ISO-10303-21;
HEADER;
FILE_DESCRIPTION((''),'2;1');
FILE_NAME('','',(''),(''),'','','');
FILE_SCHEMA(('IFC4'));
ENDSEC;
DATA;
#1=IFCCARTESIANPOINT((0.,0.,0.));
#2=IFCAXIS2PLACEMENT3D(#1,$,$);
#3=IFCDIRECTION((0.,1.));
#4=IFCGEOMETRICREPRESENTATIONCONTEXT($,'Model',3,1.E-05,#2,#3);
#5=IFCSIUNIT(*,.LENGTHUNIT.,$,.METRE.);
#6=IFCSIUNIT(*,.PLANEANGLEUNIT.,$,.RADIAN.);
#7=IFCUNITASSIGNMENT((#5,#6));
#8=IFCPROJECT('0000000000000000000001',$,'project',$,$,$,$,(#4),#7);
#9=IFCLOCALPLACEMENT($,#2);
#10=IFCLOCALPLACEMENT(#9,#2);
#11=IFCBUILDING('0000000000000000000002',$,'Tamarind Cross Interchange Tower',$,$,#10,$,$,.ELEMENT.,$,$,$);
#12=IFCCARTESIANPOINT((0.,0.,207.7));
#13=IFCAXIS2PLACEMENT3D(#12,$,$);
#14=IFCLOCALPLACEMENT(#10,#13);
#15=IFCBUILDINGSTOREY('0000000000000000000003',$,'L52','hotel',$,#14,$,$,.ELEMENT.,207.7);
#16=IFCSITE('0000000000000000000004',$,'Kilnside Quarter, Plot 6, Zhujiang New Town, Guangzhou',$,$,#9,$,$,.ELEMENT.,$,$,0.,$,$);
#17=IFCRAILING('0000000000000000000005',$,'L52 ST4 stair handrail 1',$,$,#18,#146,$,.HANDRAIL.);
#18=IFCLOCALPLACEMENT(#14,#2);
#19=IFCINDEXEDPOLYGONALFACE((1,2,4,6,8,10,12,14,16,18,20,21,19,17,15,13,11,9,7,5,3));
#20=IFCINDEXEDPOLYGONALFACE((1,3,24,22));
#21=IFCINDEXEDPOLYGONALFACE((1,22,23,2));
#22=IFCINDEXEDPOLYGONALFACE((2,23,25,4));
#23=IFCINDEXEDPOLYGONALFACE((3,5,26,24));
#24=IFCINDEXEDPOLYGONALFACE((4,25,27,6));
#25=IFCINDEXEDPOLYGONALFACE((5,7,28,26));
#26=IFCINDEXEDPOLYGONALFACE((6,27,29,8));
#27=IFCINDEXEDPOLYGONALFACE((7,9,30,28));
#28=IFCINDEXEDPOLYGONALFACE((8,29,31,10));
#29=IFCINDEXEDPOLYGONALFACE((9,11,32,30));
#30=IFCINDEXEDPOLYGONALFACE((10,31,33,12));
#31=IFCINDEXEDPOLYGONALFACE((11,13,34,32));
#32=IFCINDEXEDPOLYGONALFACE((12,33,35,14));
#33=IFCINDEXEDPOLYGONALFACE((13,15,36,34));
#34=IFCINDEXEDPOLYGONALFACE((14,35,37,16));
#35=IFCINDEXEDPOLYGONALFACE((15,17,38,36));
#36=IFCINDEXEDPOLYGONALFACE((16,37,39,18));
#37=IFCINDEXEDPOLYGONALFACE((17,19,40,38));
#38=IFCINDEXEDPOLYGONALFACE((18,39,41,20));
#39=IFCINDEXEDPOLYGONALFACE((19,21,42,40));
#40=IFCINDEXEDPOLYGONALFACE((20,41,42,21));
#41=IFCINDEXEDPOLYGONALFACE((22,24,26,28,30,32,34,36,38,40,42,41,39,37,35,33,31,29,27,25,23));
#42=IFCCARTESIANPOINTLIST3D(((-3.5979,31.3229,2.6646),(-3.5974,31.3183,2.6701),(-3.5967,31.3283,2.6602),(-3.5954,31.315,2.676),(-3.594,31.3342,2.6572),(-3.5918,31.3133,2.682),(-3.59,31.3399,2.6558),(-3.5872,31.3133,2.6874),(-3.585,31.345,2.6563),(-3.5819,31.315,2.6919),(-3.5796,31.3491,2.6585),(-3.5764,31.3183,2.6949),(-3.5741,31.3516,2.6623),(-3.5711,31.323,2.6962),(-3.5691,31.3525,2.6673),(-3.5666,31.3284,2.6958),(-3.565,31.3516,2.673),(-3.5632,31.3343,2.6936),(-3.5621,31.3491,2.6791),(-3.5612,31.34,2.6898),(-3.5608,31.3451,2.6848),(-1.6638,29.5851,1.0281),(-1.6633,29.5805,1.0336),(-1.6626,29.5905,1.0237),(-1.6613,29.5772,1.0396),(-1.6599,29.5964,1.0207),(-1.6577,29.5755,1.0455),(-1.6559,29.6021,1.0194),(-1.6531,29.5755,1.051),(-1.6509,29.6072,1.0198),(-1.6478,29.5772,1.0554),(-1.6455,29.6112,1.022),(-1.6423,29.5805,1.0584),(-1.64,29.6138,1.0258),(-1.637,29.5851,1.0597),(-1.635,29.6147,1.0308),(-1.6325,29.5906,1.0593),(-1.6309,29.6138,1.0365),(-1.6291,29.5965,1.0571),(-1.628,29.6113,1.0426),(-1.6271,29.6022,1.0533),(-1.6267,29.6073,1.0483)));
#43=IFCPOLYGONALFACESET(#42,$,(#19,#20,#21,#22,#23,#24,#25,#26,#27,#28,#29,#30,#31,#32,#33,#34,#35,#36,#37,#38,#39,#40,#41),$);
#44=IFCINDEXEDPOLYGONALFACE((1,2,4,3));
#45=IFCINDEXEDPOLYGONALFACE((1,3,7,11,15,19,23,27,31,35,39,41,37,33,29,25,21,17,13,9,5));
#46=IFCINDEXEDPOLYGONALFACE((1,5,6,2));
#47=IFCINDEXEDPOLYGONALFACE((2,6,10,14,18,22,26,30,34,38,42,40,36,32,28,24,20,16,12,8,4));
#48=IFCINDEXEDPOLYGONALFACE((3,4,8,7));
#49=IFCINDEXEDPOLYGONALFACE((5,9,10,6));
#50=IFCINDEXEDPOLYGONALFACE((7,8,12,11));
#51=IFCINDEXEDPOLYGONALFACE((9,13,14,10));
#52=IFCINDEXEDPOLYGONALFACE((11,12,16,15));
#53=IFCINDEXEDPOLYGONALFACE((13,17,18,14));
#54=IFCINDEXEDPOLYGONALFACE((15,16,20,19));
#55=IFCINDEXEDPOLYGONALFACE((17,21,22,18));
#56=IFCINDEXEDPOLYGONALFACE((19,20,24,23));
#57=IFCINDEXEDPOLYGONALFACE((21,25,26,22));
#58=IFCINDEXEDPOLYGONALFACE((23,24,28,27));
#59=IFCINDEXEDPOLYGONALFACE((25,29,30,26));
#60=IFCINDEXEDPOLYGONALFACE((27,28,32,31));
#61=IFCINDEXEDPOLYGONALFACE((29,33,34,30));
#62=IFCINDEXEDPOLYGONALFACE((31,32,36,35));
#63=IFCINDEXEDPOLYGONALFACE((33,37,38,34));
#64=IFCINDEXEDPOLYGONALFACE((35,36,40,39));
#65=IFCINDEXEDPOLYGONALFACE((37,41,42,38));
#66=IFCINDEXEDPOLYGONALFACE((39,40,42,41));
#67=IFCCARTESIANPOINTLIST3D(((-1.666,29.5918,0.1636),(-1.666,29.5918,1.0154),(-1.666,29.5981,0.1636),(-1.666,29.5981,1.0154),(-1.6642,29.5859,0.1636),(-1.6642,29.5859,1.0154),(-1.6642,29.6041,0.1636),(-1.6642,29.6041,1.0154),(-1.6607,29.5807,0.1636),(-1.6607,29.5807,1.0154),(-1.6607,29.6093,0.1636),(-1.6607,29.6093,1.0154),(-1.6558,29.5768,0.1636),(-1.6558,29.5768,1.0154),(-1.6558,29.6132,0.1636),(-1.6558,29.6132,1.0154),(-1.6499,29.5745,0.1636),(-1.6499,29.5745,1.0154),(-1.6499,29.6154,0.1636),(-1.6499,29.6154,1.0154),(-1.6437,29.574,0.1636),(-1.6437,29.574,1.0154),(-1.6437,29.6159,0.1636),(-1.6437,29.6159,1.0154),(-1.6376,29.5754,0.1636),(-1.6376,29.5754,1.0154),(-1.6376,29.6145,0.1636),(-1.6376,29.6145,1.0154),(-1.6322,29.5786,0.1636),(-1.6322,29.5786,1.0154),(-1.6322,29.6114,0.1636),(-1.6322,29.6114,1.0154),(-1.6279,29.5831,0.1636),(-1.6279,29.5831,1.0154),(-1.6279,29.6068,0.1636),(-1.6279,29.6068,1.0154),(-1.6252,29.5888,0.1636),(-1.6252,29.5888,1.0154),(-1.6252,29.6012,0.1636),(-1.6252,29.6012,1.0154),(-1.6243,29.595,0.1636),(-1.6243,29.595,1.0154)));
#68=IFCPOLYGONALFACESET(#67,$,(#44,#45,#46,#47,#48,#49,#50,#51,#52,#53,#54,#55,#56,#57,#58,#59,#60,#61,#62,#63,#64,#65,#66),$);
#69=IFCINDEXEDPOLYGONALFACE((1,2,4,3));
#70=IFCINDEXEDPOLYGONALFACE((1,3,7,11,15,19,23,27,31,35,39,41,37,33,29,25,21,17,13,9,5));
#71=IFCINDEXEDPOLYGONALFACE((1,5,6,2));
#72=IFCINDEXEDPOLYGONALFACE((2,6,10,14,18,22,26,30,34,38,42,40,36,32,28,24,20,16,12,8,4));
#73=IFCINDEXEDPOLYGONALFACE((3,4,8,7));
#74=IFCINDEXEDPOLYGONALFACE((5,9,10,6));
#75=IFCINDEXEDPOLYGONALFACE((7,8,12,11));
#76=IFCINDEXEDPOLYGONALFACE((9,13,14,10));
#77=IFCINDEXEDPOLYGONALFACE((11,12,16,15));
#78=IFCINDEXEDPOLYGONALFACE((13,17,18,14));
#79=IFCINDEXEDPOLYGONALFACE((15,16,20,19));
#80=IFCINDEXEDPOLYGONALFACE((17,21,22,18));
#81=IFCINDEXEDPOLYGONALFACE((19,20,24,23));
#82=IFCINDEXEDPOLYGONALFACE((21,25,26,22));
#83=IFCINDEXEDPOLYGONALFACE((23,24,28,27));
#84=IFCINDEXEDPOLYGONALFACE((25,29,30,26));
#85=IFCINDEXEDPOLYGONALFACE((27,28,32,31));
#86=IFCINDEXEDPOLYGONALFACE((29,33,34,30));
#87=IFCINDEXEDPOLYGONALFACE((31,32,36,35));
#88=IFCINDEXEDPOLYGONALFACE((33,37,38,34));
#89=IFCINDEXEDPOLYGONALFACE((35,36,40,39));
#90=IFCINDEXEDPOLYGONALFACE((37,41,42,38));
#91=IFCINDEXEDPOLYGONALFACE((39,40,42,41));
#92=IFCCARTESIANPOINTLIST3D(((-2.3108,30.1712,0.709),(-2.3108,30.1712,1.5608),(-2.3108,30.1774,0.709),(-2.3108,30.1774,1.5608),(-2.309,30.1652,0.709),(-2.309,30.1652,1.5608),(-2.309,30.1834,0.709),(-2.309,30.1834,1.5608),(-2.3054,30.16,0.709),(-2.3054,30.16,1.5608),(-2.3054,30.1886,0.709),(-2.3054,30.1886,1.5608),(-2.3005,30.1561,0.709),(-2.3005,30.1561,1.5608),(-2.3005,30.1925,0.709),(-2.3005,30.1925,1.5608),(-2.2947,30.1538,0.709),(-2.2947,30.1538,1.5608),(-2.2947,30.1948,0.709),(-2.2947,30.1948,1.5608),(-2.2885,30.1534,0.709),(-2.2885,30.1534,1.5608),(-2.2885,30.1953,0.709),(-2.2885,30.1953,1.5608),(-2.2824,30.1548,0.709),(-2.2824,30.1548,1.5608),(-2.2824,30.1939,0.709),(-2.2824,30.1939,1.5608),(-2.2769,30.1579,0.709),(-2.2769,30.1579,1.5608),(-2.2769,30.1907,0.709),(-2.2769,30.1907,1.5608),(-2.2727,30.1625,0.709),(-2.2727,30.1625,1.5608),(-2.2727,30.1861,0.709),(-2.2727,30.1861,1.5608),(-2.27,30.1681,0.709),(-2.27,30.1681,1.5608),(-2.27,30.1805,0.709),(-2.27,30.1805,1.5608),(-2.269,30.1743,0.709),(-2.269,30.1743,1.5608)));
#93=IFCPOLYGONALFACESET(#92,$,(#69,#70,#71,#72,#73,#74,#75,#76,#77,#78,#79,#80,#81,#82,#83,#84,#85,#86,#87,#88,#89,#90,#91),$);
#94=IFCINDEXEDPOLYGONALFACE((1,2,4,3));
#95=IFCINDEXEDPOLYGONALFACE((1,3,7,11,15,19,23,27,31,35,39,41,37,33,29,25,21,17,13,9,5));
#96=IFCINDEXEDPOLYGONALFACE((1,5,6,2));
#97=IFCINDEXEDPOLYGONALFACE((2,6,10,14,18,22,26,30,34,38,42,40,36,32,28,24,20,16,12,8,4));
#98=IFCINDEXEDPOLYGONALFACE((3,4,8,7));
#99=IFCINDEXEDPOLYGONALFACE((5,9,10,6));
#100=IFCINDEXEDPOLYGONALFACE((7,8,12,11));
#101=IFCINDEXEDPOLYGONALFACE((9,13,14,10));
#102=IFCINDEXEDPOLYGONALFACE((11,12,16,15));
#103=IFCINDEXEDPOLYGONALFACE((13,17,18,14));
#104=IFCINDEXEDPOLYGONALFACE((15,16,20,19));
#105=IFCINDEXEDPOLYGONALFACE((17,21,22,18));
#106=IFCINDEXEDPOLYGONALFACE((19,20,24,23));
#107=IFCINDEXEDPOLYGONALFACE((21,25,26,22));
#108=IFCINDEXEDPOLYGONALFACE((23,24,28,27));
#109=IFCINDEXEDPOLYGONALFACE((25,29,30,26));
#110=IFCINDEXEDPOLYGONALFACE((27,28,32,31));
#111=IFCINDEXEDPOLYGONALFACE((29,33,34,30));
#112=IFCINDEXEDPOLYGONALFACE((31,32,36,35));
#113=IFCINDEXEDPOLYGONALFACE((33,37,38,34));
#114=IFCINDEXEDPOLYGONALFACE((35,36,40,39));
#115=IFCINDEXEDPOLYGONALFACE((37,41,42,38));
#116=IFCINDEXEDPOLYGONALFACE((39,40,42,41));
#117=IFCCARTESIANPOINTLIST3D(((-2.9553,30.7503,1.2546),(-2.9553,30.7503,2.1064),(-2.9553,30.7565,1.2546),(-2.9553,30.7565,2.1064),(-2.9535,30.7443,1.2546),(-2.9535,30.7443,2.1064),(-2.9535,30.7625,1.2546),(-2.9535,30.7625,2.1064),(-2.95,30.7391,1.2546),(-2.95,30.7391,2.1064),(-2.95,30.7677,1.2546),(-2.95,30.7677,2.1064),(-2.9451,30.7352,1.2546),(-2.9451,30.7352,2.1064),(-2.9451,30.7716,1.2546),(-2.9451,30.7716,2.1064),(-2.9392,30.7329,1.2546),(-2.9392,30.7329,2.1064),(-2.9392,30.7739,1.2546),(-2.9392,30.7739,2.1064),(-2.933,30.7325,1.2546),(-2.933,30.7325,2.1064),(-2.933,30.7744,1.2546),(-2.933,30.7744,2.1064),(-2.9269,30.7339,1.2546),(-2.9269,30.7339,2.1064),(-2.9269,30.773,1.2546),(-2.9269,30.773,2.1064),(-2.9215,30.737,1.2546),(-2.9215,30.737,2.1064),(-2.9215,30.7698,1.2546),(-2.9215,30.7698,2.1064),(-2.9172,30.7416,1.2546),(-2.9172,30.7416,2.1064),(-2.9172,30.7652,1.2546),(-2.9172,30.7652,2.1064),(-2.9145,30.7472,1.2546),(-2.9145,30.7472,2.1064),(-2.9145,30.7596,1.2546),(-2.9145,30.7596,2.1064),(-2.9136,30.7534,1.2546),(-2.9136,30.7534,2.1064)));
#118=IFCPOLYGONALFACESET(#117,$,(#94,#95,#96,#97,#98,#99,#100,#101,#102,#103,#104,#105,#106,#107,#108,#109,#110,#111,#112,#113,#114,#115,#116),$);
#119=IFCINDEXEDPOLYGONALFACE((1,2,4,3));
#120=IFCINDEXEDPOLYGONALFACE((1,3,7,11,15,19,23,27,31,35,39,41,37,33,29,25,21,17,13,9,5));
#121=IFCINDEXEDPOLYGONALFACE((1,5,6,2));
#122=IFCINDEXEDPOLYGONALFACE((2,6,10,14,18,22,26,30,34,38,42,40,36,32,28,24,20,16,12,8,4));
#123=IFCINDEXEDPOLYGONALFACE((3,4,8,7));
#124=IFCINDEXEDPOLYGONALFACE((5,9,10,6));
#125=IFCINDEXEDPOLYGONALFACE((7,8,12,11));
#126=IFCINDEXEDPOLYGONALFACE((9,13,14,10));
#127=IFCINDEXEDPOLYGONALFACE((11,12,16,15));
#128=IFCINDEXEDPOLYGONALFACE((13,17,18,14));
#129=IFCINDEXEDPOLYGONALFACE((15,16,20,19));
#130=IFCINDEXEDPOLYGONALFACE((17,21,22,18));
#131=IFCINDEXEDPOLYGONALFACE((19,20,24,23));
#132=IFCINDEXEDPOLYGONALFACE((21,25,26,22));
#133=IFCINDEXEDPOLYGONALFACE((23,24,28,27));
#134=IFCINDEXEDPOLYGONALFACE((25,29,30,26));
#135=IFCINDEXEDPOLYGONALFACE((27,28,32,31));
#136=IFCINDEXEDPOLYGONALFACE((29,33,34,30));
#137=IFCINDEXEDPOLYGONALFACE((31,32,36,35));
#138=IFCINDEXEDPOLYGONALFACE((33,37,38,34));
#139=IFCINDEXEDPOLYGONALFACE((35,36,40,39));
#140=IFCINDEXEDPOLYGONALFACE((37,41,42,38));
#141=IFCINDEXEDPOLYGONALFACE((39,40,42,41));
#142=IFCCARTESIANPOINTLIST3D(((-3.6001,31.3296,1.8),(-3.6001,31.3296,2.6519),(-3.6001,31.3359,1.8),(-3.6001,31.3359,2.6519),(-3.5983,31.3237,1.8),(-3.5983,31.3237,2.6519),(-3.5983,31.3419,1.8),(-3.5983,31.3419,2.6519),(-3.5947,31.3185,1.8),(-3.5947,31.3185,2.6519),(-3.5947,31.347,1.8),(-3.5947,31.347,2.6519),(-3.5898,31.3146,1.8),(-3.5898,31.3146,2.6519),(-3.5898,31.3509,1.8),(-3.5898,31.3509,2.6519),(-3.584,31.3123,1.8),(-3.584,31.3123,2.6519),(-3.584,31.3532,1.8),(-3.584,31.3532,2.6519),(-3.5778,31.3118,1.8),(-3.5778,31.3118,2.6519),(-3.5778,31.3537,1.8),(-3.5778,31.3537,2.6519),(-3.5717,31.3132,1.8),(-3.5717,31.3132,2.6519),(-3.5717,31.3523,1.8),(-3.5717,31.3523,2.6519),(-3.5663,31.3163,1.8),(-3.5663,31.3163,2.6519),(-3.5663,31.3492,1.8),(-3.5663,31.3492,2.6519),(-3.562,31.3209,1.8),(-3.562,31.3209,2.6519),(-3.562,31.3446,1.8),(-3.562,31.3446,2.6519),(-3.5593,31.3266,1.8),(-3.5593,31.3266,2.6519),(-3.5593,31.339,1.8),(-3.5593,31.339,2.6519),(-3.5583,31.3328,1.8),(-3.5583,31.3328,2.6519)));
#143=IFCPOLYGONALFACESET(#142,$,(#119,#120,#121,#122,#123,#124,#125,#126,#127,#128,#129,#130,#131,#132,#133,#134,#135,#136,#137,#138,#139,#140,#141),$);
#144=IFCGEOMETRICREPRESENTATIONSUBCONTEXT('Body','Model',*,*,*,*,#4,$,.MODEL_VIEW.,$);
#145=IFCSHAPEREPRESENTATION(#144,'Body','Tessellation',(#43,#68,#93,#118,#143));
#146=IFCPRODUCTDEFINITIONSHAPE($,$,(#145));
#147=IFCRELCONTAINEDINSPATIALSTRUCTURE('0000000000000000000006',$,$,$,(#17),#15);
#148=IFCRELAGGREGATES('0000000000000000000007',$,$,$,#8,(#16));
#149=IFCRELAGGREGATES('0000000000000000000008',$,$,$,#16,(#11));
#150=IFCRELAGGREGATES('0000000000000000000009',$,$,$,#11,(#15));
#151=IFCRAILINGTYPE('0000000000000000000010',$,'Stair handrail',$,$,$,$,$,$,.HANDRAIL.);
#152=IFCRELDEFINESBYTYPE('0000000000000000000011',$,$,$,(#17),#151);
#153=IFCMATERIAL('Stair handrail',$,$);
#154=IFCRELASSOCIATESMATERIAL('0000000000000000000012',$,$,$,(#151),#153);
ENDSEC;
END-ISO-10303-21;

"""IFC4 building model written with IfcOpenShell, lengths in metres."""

from ifc_helpers import new_model, si_unit, direction, frame, origin, origin_2d, place, context, subcontext, project, spatial, circle, extrude, material, type_object, element, save


model = new_model("IFC4")

# Units and contexts
model_context = context("Model", 3, precision=1e-05, world=origin(), true_north=direction((0.0, 1.0)))
body_context = subcontext(model_context, "Body", "Model", "MODEL_VIEW")
ifc_project = project(units=[si_unit("LENGTHUNIT", "METRE"), si_unit("PLANEANGLEUNIT", "RADIAN")], contexts=[model_context])

# Site, building, storey
site_placement = place(None, origin())
site = spatial("IfcSite", under=ifc_project, at=site_placement, Name="Kilnside Quarter, Plot 6, Zhujiang New Town, Guangzhou", CompositionType="ELEMENT", RefElevation=0.0)
building_placement = place(site_placement, origin())
building = spatial("IfcBuilding", under=site, at=building_placement, Name="Tamarind Cross Interchange Tower", CompositionType="ELEMENT")
storey_placement = place(building_placement, frame((0.0, 0.0, 207.7)))
storey = spatial("IfcBuildingStorey", under=building, at=storey_placement, Name="L52", Description="hotel", CompositionType="ELEMENT", Elevation=207.7)

# Railing
ifc_material_1 = material(Name="Stair handrail")
railing_type_1 = type_object("IfcRailingType", Name="Stair handrail", PredefinedType="HANDRAIL", material=ifc_material_1)
railing_1_placement = place(storey_placement, frame((-1.6453, 29.595, 0.1636)))
element("IfcRailing", 1, at=railing_1_placement, inside=storey, type_object=railing_type_1, Name="L52 ST4 stair handrail 1", PredefinedType="HANDRAIL", context=body_context, shape_type="SweptSolid", body=[
    extrude(circle(Radius=0.0239, at=origin_2d()), frame((0.0, 0.0, 0.876), z_axis=(-0.629535, 0.565644, 0.532665), x_axis=(-0.668352, -0.743845, 0.0)), (0.0, 0.0, 1.0), 3.0723),
    extrude(circle(Radius=0.021, at=origin_2d()), origin(), (0.0, 0.0, 1.0), 0.8518),
    extrude(circle(Radius=0.021, at=origin_2d()), frame((-0.6448, 0.5793, 0.5454)), (0.0, 0.0, 1.0), 0.8518),
    extrude(circle(Radius=0.021, at=origin_2d()), frame((-1.2893, 1.1584, 1.0911)), (0.0, 0.0, 1.0), 0.8518),
    extrude(circle(Radius=0.021, at=origin_2d()), frame((-1.9341, 1.7378, 1.6365)), (0.0, 0.0, 1.0), 0.8518),
])

save(model, "model.ifc")
